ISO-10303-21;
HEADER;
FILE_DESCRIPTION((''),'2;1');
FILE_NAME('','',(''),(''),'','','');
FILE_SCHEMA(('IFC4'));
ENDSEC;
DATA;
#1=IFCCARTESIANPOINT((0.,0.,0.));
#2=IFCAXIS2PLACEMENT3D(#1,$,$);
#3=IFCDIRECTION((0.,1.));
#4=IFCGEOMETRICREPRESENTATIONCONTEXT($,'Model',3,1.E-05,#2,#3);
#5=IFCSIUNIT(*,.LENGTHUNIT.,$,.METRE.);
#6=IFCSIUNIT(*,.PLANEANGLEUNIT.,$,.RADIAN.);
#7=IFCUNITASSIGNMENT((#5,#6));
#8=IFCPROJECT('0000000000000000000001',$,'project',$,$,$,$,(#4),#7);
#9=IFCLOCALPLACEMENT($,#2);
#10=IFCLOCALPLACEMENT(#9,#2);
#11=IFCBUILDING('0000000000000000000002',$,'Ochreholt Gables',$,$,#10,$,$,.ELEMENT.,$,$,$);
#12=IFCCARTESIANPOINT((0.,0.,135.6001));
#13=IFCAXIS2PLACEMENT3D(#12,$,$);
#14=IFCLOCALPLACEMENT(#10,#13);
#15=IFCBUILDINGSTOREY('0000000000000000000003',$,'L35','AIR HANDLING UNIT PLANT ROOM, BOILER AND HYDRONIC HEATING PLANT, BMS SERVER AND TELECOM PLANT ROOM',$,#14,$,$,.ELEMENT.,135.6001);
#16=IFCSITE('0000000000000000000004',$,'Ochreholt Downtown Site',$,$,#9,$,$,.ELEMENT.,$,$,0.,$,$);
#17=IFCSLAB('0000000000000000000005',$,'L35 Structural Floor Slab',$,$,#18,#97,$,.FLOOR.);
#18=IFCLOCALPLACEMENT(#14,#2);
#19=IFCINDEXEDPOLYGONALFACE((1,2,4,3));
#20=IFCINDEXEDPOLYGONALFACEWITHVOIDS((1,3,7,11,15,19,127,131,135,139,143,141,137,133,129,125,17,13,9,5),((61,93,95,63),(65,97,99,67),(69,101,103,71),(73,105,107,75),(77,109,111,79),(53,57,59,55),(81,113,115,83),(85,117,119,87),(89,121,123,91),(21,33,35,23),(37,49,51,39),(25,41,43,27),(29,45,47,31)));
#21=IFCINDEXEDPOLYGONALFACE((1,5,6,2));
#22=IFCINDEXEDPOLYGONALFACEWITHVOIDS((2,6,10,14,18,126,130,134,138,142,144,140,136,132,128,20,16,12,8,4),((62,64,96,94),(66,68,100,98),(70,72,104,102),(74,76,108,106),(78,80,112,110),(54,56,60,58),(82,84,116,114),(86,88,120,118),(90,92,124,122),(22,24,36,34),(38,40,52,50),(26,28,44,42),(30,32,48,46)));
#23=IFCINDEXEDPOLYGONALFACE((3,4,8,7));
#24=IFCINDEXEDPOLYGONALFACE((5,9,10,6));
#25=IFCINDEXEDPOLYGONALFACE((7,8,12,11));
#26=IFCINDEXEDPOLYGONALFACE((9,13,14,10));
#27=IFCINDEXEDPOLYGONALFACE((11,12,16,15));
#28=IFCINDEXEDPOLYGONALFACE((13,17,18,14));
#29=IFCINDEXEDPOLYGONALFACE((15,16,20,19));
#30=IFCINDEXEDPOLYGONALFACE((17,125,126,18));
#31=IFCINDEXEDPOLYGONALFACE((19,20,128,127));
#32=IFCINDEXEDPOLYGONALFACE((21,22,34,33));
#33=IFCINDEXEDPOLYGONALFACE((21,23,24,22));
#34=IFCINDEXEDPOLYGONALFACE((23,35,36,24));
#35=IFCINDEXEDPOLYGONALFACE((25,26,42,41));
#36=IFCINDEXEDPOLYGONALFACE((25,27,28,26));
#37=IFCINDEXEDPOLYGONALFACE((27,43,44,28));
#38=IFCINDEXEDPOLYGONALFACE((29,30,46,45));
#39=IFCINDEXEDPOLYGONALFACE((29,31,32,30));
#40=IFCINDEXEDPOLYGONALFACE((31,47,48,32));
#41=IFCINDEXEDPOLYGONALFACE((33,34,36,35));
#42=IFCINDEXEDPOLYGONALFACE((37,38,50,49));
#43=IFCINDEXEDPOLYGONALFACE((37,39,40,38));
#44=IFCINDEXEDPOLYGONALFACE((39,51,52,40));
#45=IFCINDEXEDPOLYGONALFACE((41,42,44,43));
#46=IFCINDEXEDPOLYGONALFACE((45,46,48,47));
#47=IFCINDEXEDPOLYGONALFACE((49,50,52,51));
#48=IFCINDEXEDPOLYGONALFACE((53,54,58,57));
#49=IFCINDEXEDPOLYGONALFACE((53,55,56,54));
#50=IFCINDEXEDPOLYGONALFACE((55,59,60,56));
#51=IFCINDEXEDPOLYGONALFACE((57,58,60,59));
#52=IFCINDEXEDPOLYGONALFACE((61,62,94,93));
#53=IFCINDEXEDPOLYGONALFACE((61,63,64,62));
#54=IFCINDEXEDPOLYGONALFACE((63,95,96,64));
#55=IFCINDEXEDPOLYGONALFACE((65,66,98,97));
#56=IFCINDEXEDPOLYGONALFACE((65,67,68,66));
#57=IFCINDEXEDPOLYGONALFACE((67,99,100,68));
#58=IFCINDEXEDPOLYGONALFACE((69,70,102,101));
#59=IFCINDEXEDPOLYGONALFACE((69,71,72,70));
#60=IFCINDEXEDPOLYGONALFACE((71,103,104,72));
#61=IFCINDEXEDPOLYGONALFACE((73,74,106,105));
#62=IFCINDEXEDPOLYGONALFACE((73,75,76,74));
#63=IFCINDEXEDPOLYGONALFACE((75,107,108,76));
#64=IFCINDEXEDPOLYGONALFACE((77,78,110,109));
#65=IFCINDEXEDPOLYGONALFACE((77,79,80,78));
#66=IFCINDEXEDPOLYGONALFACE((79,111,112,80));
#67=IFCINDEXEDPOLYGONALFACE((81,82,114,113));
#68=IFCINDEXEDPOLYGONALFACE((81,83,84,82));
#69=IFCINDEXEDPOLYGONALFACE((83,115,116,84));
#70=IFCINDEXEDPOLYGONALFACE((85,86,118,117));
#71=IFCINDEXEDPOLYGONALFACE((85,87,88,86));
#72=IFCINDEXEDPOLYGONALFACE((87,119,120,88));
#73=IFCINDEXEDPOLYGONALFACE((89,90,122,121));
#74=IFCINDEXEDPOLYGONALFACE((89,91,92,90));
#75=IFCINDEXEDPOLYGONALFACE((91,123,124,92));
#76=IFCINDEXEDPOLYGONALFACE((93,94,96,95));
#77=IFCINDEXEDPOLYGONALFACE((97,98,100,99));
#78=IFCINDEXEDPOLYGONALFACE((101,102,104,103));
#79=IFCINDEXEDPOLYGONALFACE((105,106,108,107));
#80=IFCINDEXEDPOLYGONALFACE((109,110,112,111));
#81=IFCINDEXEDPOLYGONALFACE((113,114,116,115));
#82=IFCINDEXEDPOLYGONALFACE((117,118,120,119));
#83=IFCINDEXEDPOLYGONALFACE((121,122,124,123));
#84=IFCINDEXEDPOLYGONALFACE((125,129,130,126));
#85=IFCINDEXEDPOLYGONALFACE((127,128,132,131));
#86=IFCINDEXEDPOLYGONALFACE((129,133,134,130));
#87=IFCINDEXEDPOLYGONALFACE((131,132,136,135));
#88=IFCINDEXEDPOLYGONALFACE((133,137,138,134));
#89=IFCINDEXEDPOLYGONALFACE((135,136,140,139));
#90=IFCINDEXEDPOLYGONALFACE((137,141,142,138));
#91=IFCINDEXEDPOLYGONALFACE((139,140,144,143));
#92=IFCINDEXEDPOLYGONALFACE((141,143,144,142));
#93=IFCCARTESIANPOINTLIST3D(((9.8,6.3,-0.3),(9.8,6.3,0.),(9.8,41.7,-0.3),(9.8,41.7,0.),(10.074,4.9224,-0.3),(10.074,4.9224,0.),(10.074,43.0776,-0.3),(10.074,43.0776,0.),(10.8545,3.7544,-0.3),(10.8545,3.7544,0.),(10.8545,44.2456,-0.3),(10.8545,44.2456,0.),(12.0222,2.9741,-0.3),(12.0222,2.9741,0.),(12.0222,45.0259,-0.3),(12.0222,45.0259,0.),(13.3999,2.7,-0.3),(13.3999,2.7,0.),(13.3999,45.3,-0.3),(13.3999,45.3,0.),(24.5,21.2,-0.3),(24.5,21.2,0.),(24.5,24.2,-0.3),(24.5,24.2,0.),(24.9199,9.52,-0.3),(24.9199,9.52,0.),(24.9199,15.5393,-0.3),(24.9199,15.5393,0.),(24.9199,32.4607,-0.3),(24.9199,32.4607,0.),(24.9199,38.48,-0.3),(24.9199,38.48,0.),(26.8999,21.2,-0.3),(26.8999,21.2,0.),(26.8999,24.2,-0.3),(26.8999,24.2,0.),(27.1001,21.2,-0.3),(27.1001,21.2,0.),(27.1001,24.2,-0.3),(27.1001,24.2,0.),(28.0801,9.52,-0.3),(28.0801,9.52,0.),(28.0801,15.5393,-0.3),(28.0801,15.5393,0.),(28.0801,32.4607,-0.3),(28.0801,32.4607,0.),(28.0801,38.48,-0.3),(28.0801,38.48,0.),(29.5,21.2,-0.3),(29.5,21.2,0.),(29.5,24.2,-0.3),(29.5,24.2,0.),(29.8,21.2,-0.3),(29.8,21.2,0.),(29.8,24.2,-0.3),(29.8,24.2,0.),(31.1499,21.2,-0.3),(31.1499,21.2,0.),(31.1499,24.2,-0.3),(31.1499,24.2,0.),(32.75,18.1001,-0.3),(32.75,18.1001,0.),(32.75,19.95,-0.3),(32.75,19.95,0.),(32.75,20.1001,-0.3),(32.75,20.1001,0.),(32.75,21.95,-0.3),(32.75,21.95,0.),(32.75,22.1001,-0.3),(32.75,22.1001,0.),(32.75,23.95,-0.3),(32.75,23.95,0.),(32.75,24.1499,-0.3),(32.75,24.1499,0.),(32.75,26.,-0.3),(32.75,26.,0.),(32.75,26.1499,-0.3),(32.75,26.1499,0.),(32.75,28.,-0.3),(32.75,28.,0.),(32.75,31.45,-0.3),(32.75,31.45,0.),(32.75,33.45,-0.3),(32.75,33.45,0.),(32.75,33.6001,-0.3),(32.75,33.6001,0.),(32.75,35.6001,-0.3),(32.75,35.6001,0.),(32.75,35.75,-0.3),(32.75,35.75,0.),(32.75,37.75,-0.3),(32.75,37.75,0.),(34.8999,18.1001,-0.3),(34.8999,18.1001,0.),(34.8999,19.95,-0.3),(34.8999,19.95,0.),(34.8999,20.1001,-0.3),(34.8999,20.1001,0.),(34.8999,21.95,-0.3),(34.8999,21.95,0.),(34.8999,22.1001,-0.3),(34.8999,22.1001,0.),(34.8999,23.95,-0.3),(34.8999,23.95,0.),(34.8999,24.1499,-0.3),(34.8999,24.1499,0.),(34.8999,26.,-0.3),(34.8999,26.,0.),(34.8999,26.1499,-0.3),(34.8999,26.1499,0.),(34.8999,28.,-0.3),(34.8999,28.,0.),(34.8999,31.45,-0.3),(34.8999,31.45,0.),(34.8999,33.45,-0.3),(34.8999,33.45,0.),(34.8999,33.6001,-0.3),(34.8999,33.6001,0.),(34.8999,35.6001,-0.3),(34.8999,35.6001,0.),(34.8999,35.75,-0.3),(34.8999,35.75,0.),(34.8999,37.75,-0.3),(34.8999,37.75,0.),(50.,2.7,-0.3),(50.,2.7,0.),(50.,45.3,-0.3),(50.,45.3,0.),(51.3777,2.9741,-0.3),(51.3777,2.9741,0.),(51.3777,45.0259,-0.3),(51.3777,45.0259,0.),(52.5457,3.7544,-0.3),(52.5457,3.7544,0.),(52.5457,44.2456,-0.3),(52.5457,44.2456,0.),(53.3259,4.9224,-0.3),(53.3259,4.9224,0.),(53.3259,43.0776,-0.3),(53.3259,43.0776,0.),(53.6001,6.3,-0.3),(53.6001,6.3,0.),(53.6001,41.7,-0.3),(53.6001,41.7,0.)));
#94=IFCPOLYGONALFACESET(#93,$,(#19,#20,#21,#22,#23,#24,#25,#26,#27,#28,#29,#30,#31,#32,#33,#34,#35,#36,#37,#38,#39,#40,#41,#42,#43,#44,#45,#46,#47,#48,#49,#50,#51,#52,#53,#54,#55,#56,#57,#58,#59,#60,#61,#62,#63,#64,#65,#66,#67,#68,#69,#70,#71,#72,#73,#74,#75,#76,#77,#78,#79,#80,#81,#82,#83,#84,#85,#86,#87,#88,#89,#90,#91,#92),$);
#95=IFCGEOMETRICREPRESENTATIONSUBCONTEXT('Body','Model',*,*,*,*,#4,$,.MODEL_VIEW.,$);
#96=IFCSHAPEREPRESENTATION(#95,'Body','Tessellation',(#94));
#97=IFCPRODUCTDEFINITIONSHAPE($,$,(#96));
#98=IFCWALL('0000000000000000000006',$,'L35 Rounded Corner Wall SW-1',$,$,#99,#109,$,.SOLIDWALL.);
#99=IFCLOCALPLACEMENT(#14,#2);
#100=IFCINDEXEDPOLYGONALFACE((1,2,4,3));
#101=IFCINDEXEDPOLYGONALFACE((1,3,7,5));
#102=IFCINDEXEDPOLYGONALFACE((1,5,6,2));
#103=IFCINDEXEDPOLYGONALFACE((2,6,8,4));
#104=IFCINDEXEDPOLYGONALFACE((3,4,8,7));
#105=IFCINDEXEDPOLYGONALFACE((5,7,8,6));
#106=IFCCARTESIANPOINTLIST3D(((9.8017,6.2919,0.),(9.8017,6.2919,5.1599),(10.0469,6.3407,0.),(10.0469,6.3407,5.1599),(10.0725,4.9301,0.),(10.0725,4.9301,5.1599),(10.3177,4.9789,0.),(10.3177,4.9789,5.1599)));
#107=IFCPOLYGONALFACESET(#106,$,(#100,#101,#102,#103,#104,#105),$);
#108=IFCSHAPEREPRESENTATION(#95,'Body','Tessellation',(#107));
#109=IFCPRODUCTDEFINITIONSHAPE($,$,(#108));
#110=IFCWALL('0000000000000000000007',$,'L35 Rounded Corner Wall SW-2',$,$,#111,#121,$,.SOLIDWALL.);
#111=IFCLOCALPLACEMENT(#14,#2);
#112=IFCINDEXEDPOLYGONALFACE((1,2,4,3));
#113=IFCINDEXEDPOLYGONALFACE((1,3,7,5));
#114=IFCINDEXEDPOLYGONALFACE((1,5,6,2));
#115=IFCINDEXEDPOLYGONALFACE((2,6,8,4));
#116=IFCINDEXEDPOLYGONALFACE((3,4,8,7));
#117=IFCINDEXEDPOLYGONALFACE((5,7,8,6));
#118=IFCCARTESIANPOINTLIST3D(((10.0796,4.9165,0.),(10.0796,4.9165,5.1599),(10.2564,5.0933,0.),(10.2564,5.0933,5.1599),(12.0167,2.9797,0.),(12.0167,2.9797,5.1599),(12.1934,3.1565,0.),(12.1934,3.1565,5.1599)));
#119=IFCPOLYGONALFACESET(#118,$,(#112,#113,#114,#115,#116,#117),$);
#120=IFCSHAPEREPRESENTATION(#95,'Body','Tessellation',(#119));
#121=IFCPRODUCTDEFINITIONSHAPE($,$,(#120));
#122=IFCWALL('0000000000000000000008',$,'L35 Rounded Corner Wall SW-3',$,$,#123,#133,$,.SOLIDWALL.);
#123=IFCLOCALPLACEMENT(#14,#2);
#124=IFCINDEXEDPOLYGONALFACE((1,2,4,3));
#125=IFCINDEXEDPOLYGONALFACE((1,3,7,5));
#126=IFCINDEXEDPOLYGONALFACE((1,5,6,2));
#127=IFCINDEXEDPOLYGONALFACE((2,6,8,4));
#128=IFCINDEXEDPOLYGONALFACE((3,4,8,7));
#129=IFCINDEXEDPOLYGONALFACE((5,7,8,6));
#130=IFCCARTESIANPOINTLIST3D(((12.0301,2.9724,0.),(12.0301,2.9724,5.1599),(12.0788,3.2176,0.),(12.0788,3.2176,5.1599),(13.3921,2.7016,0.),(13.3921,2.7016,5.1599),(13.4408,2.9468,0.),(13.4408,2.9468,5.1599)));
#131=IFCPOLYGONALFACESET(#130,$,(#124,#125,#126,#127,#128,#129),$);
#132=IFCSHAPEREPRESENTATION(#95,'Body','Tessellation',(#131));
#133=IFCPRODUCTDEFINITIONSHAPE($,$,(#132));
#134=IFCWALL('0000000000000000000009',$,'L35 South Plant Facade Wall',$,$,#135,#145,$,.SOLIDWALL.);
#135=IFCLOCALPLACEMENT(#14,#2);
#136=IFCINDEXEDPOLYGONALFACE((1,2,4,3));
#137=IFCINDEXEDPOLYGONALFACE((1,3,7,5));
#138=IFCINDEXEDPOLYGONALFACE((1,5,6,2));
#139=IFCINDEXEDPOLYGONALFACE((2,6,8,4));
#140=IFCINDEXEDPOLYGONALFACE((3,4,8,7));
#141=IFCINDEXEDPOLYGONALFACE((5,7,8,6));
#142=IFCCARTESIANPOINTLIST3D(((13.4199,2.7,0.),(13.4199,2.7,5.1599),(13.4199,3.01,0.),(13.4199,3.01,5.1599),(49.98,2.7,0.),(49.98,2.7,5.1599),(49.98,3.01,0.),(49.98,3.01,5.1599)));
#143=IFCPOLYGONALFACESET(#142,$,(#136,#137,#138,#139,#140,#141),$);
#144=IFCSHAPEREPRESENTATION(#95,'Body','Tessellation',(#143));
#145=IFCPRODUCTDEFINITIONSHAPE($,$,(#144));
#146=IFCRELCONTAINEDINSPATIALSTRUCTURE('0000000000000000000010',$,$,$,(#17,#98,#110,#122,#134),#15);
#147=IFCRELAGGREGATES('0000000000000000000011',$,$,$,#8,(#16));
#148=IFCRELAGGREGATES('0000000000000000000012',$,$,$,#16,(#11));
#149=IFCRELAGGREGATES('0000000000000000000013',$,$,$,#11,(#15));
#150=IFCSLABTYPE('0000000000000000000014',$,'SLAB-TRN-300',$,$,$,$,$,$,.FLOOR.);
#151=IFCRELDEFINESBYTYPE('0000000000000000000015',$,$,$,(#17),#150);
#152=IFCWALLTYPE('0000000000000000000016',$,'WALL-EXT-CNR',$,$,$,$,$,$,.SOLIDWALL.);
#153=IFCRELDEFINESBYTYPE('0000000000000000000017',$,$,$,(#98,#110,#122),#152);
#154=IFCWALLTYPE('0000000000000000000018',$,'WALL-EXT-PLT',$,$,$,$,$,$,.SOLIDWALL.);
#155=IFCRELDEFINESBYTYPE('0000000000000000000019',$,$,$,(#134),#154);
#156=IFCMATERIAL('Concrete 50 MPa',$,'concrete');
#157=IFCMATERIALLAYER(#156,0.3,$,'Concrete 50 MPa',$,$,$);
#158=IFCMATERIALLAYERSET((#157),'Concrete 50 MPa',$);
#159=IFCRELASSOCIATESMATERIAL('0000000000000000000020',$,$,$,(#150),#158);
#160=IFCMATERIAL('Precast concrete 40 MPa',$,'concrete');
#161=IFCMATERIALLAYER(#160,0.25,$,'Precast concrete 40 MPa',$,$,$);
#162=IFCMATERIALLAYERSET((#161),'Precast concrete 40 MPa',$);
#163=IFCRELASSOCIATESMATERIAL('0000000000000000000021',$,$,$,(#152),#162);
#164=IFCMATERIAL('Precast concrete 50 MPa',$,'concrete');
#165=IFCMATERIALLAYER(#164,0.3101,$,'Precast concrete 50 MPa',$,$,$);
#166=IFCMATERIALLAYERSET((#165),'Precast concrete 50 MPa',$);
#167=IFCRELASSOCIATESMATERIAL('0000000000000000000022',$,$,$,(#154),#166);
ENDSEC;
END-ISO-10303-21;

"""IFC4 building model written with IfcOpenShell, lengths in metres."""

from ifc_helpers import new_model, si_unit, direction, frame, frame_2d, origin, place, context, subcontext, project, spatial, polyline, rectangle, outline, extrude, material, layer, layer_set, type_object, element, save


model = new_model("IFC4")

# Units and contexts
model_context = context("Model", 3, precision=1e-05, world=origin(), true_north=direction((0.0, 1.0)))
body_context = subcontext(model_context, "Body", "Model", "MODEL_VIEW")
ifc_project = project(units=[si_unit("LENGTHUNIT", "METRE"), si_unit("PLANEANGLEUNIT", "RADIAN")], contexts=[model_context])

# Site, building, storey
site_placement = place(None, origin())
site = spatial("IfcSite", under=ifc_project, at=site_placement, Name="Ochreholt Downtown Site", CompositionType="ELEMENT", RefElevation=0.0)
building_placement = place(site_placement, origin())
building = spatial("IfcBuilding", under=site, at=building_placement, Name="Ochreholt Gables", CompositionType="ELEMENT")
storey_placement = place(building_placement, frame((0.0, 0.0, 135.6001)))
storey = spatial("IfcBuildingStorey", under=building, at=storey_placement, Name="L35", Description="AIR HANDLING UNIT PLANT ROOM, BOILER AND HYDRONIC HEATING PLANT, BMS SERVER AND TELECOM PLANT ROOM", CompositionType="ELEMENT", Elevation=135.6001)

# Slab
ifc_material_1 = material(Name="Concrete 50 MPa", Category="concrete")
ifc_layer_1 = layer(ifc_material_1, 0.3, Name="Concrete 50 MPa")
ifc_layer_set_1 = layer_set([ifc_layer_1], Name="Concrete 50 MPa")
slab_type_1 = type_object("IfcSlabType", Name="SLAB-TRN-300", PredefinedType="FLOOR", material=ifc_layer_set_1)
slab_1_placement = place(storey_placement, frame((0.0, 0.0, -0.3)))
element("IfcSlab", 1, at=slab_1_placement, inside=storey, type_object=slab_type_1, Name="L35 Structural Floor Slab", PredefinedType="FLOOR", context=body_context, shape_type="SweptSolid", body=[
    extrude(outline(polyline([(9.8, 6.3), (10.074, 4.9224), (10.8545, 3.7544), (12.0222, 2.9741), (13.3999, 2.7), (50.0, 2.7), (51.3777, 2.9741), (52.5457, 3.7544), (53.3259, 4.9224), (53.6001, 6.3), (53.6001, 41.7), (53.3259, 43.0776), (52.5457, 44.2456), (51.3777, 45.0259), (50.0, 45.3), (13.3999, 45.3), (12.0222, 45.0259), (10.8545, 44.2456), (10.074, 43.0776), (9.8, 41.7), (9.8, 6.3)]), holes=[polyline([(24.9199, 15.5393), (24.9199, 9.52), (28.0801, 9.52), (28.0801, 15.5393), (24.9199, 15.5393)]), polyline([(28.0801, 32.4607), (28.0801, 38.48), (24.9199, 38.48), (24.9199, 32.4607), (28.0801, 32.4607)]), polyline([(24.5, 21.2), (26.8999, 21.2), (26.8999, 24.2), (24.5, 24.2), (24.5, 21.2)]), polyline([(27.1001, 21.2), (29.5, 21.2), (29.5, 24.2), (27.1001, 24.2), (27.1001, 21.2)]), polyline([(32.75, 18.1001), (34.8999, 18.1001), (34.8999, 19.95), (32.75, 19.95), (32.75, 18.1001)]), polyline([(32.75, 20.1001), (34.8999, 20.1001), (34.8999, 21.95), (32.75, 21.95), (32.75, 20.1001)]), polyline([(32.75, 22.1001), (34.8999, 22.1001), (34.8999, 23.95), (32.75, 23.95), (32.75, 22.1001)]), polyline([(32.75, 24.1499), (34.8999, 24.1499), (34.8999, 26.0), (32.75, 26.0), (32.75, 24.1499)]), polyline([(32.75, 26.1499), (34.8999, 26.1499), (34.8999, 28.0), (32.75, 28.0), (32.75, 26.1499)]), polyline([(32.75, 31.45), (34.8999, 31.45), (34.8999, 33.45), (32.75, 33.45), (32.75, 31.45)]), polyline([(32.75, 33.6001), (34.8999, 33.6001), (34.8999, 35.6001), (32.75, 35.6001), (32.75, 33.6001)]), polyline([(32.75, 35.75), (34.8999, 35.75), (34.8999, 37.75), (32.75, 37.75), (32.75, 35.75)]), polyline([(29.8, 21.2), (31.1499, 21.2), (31.1499, 24.2), (29.8, 24.2), (29.8, 21.2)])]), origin(), (0.0, 0.0, 1.0), 0.3),
])

# Walls
ifc_material_2 = material(Name="Precast concrete 40 MPa", Category="concrete")
ifc_layer_2 = layer(ifc_material_2, 0.25, Name="Precast concrete 40 MPa")
ifc_layer_set_2 = layer_set([ifc_layer_2], Name="Precast concrete 40 MPa")
wall_type_1 = type_object("IfcWallType", Name="WALL-EXT-CNR", PredefinedType="SOLIDWALL", material=ifc_layer_set_2)
wall_1_placement = place(storey_placement, frame((9.9243, 6.3164, 0.0), z_axis=(0.0, 0.0, 1.0), x_axis=(0.195, -0.980803, 0.0)))
element("IfcWall", 2, at=wall_1_placement, inside=storey, type_object=wall_type_1, Name="L35 Rounded Corner Wall SW-1", PredefinedType="SOLIDWALL", context=body_context, shape_type="SweptSolid", body=[
    extrude(rectangle(XDim=1.3884, YDim=0.25, at=frame_2d((0.6943, 0.0))), origin(), (0.0, 0.0, 1.0), 5.1599),
])
wall_2_placement = place(storey_placement, frame((10.168, 5.0049, 0.0), z_axis=(0.0, 0.0, 1.0), x_axis=(0.707151, -0.707062, 0.0)))
element("IfcWall", 3, at=wall_2_placement, inside=storey, type_object=wall_type_1, Name="L35 Rounded Corner Wall SW-2", PredefinedType="SOLIDWALL", context=body_context, shape_type="SweptSolid", body=[
    extrude(rectangle(XDim=2.7393, YDim=0.25, at=frame_2d((1.3696, 0.0))), origin(), (0.0, 0.0, 1.0), 5.1599),
])
wall_3_placement = place(storey_placement, frame((12.0544, 3.095, 0.0), z_axis=(0.0, 0.0, 1.0), x_axis=(0.98081, -0.194967, 0.0)))
element("IfcWall", 4, at=wall_3_placement, inside=storey, type_object=wall_type_1, Name="L35 Rounded Corner Wall SW-3", PredefinedType="SOLIDWALL", context=body_context, shape_type="SweptSolid", body=[
    extrude(rectangle(XDim=1.3887, YDim=0.25, at=frame_2d((0.6943, 0.0))), origin(), (0.0, 0.0, 1.0), 5.1599),
])
ifc_material_3 = material(Name="Precast concrete 50 MPa", Category="concrete")
ifc_layer_3 = layer(ifc_material_3, 0.3101, Name="Precast concrete 50 MPa")
ifc_layer_set_3 = layer_set([ifc_layer_3], Name="Precast concrete 50 MPa")
wall_type_2 = type_object("IfcWallType", Name="WALL-EXT-PLT", PredefinedType="SOLIDWALL", material=ifc_layer_set_3)
wall_4_placement = place(storey_placement, frame((13.4199, 2.855, 0.0), z_axis=(0.0, 0.0, 1.0), x_axis=(1.0, 0.0, 0.0)))
element("IfcWall", 5, at=wall_4_placement, inside=storey, type_object=wall_type_2, Name="L35 South Plant Facade Wall", PredefinedType="SOLIDWALL", context=body_context, shape_type="SweptSolid", body=[
    extrude(rectangle(XDim=36.5601, YDim=0.3101, at=frame_2d((18.28, 0.0))), origin(), (0.0, 0.0, 1.0), 5.1599),
])

save(model, "model.ifc")
